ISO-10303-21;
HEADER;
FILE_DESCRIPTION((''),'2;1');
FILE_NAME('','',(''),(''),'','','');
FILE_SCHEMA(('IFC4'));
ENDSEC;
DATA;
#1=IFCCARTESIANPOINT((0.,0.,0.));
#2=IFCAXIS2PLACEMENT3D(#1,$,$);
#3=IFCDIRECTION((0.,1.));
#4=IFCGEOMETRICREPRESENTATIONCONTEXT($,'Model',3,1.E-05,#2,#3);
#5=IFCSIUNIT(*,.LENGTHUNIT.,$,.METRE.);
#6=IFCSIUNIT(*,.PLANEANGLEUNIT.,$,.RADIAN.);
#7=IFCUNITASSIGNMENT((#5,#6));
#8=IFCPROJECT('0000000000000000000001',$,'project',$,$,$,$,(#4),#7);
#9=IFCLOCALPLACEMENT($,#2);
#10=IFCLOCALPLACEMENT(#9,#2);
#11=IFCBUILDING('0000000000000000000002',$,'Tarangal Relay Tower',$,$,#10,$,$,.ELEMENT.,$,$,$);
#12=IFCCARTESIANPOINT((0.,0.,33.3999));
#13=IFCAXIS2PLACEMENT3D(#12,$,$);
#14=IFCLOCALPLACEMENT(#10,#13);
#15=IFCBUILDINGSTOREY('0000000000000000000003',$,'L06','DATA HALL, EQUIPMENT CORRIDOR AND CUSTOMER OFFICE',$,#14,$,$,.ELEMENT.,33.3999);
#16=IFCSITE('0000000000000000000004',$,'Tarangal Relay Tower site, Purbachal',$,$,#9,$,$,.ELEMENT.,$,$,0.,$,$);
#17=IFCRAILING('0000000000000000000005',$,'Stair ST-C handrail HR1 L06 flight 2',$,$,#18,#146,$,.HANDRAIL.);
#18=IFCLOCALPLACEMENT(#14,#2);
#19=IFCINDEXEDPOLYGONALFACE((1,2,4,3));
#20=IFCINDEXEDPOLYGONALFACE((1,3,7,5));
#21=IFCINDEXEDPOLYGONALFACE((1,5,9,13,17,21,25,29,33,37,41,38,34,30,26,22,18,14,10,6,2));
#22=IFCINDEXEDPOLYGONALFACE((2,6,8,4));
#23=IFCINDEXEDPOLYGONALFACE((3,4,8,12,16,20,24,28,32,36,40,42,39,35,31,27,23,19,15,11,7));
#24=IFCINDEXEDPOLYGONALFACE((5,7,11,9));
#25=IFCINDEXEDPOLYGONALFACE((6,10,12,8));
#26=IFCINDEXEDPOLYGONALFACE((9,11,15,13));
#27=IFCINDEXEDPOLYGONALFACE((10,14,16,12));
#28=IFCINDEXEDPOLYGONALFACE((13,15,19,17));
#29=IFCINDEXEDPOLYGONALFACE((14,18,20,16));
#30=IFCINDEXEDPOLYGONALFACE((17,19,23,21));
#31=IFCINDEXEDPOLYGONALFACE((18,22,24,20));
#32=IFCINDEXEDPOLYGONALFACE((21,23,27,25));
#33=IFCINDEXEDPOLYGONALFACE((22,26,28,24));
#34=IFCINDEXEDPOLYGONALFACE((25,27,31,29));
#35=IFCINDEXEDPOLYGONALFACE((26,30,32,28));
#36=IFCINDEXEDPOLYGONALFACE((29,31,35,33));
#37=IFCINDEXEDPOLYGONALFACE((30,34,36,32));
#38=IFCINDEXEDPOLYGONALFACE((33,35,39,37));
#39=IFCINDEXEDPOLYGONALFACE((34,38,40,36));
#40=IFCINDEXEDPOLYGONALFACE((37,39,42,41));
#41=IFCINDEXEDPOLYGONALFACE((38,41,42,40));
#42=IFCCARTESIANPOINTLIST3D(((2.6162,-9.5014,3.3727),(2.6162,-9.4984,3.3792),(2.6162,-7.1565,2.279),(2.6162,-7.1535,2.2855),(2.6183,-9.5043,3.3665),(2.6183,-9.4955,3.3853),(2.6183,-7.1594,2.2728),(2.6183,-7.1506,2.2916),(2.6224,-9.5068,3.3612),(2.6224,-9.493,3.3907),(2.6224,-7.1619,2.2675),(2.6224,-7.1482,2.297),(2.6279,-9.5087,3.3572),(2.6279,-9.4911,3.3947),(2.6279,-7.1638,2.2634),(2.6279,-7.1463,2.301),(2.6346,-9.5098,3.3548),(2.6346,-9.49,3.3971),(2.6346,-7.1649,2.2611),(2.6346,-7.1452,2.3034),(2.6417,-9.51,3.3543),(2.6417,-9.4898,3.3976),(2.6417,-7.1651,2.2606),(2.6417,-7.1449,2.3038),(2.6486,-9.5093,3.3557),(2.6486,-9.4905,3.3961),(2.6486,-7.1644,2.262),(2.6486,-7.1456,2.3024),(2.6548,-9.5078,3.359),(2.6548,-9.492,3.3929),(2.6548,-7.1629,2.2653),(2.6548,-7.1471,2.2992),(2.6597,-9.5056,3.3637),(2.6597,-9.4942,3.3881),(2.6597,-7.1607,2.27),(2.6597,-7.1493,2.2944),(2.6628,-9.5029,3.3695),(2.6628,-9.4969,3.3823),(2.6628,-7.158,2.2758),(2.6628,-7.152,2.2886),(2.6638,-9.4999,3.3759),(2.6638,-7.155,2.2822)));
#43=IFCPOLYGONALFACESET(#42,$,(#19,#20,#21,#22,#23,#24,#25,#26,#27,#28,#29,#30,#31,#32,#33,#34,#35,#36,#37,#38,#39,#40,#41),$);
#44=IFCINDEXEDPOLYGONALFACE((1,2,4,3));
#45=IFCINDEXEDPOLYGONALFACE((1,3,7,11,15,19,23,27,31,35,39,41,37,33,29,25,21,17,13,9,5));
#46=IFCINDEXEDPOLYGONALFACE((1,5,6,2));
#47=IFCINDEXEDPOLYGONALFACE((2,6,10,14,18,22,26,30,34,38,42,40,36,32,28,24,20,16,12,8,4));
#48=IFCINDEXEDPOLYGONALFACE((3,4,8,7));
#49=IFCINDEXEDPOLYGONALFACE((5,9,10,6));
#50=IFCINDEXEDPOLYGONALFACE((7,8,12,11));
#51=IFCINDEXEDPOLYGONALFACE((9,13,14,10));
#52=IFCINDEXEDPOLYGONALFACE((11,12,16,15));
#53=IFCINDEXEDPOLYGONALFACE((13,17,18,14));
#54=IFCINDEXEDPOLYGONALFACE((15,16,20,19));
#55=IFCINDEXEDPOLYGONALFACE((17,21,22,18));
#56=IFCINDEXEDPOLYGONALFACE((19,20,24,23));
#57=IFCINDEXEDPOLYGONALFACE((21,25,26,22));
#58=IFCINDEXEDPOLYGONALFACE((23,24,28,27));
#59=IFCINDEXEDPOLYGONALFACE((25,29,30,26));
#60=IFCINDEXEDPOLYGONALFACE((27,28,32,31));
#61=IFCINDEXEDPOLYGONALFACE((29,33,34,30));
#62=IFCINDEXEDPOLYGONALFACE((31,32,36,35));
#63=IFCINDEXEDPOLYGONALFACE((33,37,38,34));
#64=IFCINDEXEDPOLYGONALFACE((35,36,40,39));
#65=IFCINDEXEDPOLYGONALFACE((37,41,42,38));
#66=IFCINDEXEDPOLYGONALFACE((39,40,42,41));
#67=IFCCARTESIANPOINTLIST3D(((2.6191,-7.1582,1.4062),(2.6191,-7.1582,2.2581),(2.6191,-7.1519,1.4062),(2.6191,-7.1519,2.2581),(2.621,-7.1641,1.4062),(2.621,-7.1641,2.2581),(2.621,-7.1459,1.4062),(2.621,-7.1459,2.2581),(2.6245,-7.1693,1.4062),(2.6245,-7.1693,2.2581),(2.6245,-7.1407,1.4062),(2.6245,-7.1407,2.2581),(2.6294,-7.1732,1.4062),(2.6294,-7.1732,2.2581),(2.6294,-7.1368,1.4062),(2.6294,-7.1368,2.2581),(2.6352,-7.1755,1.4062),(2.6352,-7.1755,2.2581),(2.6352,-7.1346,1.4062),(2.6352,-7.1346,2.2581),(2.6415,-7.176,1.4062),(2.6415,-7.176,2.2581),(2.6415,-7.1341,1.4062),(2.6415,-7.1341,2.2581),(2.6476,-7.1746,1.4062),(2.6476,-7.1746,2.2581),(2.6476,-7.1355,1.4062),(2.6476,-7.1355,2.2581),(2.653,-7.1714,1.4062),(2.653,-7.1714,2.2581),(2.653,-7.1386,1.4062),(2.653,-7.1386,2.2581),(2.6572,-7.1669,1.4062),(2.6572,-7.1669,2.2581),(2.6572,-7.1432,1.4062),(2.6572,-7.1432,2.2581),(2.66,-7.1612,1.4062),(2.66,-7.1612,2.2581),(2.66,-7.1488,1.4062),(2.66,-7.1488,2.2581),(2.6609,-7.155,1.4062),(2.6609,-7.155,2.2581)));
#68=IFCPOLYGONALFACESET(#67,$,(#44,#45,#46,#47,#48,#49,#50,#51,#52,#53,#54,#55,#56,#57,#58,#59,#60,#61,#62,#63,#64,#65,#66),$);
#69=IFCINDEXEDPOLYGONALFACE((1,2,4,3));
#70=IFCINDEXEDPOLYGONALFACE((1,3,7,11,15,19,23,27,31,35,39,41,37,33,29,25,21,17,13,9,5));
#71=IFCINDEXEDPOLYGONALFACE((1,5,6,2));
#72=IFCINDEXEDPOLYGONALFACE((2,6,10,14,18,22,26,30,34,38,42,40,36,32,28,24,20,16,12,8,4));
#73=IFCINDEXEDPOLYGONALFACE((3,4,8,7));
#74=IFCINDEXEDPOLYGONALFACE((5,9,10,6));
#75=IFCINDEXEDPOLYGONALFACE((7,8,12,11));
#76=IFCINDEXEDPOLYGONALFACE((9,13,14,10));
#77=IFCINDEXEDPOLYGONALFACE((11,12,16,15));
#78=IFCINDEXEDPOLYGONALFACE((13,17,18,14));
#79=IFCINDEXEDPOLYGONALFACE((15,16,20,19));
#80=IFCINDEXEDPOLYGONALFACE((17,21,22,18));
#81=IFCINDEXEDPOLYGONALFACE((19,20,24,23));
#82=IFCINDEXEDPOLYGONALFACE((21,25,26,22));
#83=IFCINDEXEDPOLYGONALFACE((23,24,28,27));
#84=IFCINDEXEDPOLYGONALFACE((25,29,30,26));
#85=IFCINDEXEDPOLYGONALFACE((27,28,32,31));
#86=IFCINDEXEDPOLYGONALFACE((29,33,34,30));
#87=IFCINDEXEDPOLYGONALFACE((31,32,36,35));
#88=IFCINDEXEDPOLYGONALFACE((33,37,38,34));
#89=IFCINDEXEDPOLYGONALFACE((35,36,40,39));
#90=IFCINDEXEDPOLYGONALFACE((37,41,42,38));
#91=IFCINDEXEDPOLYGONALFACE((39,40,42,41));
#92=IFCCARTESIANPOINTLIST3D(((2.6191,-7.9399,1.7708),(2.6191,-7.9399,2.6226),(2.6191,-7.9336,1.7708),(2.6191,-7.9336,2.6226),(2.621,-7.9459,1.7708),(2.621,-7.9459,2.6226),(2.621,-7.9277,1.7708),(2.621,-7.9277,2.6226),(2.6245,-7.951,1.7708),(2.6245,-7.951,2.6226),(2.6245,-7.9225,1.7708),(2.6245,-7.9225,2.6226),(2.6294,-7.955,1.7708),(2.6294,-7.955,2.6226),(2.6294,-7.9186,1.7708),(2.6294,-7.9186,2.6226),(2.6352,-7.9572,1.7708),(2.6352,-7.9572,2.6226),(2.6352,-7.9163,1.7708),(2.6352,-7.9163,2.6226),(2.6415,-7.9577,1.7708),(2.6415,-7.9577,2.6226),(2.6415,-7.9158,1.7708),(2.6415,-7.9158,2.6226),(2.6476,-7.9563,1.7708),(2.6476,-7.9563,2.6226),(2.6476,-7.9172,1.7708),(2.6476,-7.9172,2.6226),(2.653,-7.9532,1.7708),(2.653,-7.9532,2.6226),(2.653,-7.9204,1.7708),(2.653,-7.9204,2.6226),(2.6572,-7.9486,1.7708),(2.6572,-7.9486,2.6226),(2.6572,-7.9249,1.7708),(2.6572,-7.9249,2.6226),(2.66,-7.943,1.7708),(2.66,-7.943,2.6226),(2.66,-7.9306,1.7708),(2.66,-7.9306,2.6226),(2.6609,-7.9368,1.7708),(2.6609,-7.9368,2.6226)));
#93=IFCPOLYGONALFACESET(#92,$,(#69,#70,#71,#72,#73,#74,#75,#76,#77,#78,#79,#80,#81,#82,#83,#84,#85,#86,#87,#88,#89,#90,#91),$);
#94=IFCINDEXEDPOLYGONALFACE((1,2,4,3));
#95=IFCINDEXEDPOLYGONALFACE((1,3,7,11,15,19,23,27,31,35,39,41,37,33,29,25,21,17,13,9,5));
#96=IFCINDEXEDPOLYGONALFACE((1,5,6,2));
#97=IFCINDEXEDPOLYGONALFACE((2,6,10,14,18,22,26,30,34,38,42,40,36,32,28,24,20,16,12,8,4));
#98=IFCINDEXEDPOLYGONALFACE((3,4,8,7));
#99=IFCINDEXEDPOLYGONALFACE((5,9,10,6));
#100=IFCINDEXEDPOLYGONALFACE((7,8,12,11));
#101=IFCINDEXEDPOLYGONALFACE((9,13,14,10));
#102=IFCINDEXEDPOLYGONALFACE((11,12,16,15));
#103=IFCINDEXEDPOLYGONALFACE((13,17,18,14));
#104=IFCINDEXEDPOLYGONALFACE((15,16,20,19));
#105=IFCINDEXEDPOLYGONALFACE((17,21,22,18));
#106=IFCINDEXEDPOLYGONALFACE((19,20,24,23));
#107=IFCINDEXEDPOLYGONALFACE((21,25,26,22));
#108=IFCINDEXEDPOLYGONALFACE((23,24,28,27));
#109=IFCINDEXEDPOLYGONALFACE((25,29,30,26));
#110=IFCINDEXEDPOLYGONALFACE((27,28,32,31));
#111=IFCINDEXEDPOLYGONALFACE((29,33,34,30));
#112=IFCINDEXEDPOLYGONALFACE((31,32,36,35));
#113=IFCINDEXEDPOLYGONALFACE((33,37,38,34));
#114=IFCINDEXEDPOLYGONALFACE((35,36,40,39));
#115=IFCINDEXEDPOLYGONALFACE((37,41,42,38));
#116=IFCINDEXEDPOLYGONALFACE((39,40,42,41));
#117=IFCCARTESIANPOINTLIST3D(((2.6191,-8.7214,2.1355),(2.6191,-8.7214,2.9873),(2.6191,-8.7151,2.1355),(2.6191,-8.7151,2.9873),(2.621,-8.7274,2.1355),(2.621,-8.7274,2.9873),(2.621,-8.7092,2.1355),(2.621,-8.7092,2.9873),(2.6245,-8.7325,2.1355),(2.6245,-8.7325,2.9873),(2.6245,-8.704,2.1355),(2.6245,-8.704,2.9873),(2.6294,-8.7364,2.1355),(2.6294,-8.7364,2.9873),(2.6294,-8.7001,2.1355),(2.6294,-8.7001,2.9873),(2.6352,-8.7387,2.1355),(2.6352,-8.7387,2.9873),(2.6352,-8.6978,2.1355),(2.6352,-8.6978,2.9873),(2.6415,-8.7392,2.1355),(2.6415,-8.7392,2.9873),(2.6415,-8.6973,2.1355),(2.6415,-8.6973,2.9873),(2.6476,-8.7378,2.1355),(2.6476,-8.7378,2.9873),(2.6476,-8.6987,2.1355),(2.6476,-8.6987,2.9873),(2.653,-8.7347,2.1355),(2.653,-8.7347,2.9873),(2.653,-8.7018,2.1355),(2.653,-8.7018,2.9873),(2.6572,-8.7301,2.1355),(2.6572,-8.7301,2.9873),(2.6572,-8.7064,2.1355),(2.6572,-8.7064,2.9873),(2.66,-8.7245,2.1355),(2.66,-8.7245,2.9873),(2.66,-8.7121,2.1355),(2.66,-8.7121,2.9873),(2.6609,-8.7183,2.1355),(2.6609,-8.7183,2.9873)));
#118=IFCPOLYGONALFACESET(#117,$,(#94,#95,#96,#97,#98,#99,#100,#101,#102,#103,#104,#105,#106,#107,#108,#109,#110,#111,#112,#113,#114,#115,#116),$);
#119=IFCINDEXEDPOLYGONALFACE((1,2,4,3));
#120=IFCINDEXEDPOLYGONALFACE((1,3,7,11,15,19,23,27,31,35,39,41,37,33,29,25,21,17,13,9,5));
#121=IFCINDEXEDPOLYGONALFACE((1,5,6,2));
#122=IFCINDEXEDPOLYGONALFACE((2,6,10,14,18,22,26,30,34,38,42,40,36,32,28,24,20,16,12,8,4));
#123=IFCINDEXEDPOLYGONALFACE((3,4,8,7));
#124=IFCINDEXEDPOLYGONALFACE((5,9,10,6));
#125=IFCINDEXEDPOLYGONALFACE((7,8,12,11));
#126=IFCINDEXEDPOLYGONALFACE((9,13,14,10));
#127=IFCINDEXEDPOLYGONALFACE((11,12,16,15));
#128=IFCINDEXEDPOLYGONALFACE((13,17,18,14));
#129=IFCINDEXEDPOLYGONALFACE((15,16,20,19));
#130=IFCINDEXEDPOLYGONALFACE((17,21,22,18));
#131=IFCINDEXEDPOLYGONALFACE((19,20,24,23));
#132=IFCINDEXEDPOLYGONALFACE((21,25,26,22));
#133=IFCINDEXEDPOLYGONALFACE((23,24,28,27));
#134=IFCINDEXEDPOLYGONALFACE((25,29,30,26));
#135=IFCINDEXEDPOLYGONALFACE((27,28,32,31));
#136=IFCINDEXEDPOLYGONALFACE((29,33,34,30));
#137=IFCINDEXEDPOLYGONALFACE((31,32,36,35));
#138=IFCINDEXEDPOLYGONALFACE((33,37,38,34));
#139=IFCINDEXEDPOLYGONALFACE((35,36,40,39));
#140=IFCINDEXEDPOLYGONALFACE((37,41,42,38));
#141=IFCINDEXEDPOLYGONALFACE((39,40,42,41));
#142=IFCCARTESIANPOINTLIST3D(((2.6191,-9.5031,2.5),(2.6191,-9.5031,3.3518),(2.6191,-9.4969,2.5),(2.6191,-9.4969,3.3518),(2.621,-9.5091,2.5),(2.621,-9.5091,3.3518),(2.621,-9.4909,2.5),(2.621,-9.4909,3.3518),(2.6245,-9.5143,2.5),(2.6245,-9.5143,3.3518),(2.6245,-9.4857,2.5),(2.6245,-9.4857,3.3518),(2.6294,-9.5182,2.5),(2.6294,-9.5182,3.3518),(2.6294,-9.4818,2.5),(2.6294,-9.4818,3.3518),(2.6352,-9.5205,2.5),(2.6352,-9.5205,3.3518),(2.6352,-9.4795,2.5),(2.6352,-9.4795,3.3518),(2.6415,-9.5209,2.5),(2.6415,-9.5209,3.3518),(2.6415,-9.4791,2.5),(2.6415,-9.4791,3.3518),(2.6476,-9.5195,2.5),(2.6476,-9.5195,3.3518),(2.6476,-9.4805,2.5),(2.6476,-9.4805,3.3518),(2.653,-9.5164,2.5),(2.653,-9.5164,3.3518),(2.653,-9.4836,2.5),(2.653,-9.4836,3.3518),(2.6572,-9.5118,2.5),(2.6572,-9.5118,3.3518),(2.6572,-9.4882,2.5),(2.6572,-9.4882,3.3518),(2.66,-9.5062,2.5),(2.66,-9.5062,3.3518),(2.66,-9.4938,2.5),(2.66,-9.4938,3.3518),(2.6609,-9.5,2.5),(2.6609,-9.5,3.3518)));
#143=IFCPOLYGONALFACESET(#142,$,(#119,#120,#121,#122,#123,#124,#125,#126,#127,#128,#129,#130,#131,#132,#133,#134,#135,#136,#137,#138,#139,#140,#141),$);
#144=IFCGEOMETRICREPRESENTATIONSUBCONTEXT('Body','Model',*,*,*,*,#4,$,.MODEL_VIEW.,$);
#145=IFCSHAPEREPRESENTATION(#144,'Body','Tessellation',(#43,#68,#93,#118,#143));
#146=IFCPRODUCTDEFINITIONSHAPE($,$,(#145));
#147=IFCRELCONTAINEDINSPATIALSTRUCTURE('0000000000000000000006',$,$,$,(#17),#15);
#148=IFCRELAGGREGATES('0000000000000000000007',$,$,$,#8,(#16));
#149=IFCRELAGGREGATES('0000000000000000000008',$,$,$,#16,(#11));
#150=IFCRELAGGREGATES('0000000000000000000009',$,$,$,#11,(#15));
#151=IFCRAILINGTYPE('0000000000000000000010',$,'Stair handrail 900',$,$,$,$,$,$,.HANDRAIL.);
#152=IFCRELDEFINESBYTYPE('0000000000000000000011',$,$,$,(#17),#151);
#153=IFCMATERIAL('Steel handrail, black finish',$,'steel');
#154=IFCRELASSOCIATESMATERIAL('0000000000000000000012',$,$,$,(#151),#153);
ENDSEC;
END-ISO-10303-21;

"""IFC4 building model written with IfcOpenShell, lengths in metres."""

from ifc_helpers import new_model, si_unit, direction, frame, origin, origin_2d, place, context, subcontext, project, spatial, circle, extrude, material, type_object, element, save


model = new_model("IFC4")

# Units and contexts
model_context = context("Model", 3, precision=1e-05, world=origin(), true_north=direction((0.0, 1.0)))
body_context = subcontext(model_context, "Body", "Model", "MODEL_VIEW")
ifc_project = project(units=[si_unit("LENGTHUNIT", "METRE"), si_unit("PLANEANGLEUNIT", "RADIAN")], contexts=[model_context])

# Site, building, storey
site_placement = place(None, origin())
site = spatial("IfcSite", under=ifc_project, at=site_placement, Name="Tarangal Relay Tower site, Purbachal", CompositionType="ELEMENT", RefElevation=0.0)
building_placement = place(site_placement, origin())
building = spatial("IfcBuilding", under=site, at=building_placement, Name="Tarangal Relay Tower", CompositionType="ELEMENT")
storey_placement = place(building_placement, frame((0.0, 0.0, 33.3999)))
storey = spatial("IfcBuildingStorey", under=building, at=storey_placement, Name="L06", Description="DATA HALL, EQUIPMENT CORRIDOR AND CUSTOMER OFFICE", CompositionType="ELEMENT", Elevation=33.3999)

# Railing
ifc_material_1 = material(Name="Steel handrail, black finish", Category="steel")
railing_type_1 = type_object("IfcRailingType", Name="Stair handrail 900", PredefinedType="HANDRAIL", material=ifc_material_1)
for number, where, name in (
    (1, (2.6399, -7.155, 1.4062), "Stair ST-C handrail HR1 L06 flight 2"),
):
    element("IfcRailing", number, at=place(storey_placement, frame(where)), inside=storey, type_object=railing_type_1, Name=name, PredefinedType="HANDRAIL", context=body_context, shape_type="SweptSolid", body=[
        extrude(circle(Radius=0.0239, at=origin_2d()), frame((0.0, 0.0, 0.876), z_axis=(0.0, -0.906267, 0.422705), x_axis=(1.0, 0.0, 0.0)), (0.0, 0.0, 1.0), 2.5874),
        extrude(circle(Radius=0.021, at=origin_2d()), origin(), (0.0, 0.0, 1.0), 0.8518),
        extrude(circle(Radius=0.021, at=origin_2d()), frame((0.0, -0.7817, 0.3645)), (0.0, 0.0, 1.0), 0.8518),
        extrude(circle(Radius=0.021, at=origin_2d()), frame((0.0, -1.5632, 0.7292)), (0.0, 0.0, 1.0), 0.8518),
        extrude(circle(Radius=0.021, at=origin_2d()), frame((0.0, -2.345, 1.0938)), (0.0, 0.0, 1.0), 0.8518),
    ])

save(model, "model.ifc")
